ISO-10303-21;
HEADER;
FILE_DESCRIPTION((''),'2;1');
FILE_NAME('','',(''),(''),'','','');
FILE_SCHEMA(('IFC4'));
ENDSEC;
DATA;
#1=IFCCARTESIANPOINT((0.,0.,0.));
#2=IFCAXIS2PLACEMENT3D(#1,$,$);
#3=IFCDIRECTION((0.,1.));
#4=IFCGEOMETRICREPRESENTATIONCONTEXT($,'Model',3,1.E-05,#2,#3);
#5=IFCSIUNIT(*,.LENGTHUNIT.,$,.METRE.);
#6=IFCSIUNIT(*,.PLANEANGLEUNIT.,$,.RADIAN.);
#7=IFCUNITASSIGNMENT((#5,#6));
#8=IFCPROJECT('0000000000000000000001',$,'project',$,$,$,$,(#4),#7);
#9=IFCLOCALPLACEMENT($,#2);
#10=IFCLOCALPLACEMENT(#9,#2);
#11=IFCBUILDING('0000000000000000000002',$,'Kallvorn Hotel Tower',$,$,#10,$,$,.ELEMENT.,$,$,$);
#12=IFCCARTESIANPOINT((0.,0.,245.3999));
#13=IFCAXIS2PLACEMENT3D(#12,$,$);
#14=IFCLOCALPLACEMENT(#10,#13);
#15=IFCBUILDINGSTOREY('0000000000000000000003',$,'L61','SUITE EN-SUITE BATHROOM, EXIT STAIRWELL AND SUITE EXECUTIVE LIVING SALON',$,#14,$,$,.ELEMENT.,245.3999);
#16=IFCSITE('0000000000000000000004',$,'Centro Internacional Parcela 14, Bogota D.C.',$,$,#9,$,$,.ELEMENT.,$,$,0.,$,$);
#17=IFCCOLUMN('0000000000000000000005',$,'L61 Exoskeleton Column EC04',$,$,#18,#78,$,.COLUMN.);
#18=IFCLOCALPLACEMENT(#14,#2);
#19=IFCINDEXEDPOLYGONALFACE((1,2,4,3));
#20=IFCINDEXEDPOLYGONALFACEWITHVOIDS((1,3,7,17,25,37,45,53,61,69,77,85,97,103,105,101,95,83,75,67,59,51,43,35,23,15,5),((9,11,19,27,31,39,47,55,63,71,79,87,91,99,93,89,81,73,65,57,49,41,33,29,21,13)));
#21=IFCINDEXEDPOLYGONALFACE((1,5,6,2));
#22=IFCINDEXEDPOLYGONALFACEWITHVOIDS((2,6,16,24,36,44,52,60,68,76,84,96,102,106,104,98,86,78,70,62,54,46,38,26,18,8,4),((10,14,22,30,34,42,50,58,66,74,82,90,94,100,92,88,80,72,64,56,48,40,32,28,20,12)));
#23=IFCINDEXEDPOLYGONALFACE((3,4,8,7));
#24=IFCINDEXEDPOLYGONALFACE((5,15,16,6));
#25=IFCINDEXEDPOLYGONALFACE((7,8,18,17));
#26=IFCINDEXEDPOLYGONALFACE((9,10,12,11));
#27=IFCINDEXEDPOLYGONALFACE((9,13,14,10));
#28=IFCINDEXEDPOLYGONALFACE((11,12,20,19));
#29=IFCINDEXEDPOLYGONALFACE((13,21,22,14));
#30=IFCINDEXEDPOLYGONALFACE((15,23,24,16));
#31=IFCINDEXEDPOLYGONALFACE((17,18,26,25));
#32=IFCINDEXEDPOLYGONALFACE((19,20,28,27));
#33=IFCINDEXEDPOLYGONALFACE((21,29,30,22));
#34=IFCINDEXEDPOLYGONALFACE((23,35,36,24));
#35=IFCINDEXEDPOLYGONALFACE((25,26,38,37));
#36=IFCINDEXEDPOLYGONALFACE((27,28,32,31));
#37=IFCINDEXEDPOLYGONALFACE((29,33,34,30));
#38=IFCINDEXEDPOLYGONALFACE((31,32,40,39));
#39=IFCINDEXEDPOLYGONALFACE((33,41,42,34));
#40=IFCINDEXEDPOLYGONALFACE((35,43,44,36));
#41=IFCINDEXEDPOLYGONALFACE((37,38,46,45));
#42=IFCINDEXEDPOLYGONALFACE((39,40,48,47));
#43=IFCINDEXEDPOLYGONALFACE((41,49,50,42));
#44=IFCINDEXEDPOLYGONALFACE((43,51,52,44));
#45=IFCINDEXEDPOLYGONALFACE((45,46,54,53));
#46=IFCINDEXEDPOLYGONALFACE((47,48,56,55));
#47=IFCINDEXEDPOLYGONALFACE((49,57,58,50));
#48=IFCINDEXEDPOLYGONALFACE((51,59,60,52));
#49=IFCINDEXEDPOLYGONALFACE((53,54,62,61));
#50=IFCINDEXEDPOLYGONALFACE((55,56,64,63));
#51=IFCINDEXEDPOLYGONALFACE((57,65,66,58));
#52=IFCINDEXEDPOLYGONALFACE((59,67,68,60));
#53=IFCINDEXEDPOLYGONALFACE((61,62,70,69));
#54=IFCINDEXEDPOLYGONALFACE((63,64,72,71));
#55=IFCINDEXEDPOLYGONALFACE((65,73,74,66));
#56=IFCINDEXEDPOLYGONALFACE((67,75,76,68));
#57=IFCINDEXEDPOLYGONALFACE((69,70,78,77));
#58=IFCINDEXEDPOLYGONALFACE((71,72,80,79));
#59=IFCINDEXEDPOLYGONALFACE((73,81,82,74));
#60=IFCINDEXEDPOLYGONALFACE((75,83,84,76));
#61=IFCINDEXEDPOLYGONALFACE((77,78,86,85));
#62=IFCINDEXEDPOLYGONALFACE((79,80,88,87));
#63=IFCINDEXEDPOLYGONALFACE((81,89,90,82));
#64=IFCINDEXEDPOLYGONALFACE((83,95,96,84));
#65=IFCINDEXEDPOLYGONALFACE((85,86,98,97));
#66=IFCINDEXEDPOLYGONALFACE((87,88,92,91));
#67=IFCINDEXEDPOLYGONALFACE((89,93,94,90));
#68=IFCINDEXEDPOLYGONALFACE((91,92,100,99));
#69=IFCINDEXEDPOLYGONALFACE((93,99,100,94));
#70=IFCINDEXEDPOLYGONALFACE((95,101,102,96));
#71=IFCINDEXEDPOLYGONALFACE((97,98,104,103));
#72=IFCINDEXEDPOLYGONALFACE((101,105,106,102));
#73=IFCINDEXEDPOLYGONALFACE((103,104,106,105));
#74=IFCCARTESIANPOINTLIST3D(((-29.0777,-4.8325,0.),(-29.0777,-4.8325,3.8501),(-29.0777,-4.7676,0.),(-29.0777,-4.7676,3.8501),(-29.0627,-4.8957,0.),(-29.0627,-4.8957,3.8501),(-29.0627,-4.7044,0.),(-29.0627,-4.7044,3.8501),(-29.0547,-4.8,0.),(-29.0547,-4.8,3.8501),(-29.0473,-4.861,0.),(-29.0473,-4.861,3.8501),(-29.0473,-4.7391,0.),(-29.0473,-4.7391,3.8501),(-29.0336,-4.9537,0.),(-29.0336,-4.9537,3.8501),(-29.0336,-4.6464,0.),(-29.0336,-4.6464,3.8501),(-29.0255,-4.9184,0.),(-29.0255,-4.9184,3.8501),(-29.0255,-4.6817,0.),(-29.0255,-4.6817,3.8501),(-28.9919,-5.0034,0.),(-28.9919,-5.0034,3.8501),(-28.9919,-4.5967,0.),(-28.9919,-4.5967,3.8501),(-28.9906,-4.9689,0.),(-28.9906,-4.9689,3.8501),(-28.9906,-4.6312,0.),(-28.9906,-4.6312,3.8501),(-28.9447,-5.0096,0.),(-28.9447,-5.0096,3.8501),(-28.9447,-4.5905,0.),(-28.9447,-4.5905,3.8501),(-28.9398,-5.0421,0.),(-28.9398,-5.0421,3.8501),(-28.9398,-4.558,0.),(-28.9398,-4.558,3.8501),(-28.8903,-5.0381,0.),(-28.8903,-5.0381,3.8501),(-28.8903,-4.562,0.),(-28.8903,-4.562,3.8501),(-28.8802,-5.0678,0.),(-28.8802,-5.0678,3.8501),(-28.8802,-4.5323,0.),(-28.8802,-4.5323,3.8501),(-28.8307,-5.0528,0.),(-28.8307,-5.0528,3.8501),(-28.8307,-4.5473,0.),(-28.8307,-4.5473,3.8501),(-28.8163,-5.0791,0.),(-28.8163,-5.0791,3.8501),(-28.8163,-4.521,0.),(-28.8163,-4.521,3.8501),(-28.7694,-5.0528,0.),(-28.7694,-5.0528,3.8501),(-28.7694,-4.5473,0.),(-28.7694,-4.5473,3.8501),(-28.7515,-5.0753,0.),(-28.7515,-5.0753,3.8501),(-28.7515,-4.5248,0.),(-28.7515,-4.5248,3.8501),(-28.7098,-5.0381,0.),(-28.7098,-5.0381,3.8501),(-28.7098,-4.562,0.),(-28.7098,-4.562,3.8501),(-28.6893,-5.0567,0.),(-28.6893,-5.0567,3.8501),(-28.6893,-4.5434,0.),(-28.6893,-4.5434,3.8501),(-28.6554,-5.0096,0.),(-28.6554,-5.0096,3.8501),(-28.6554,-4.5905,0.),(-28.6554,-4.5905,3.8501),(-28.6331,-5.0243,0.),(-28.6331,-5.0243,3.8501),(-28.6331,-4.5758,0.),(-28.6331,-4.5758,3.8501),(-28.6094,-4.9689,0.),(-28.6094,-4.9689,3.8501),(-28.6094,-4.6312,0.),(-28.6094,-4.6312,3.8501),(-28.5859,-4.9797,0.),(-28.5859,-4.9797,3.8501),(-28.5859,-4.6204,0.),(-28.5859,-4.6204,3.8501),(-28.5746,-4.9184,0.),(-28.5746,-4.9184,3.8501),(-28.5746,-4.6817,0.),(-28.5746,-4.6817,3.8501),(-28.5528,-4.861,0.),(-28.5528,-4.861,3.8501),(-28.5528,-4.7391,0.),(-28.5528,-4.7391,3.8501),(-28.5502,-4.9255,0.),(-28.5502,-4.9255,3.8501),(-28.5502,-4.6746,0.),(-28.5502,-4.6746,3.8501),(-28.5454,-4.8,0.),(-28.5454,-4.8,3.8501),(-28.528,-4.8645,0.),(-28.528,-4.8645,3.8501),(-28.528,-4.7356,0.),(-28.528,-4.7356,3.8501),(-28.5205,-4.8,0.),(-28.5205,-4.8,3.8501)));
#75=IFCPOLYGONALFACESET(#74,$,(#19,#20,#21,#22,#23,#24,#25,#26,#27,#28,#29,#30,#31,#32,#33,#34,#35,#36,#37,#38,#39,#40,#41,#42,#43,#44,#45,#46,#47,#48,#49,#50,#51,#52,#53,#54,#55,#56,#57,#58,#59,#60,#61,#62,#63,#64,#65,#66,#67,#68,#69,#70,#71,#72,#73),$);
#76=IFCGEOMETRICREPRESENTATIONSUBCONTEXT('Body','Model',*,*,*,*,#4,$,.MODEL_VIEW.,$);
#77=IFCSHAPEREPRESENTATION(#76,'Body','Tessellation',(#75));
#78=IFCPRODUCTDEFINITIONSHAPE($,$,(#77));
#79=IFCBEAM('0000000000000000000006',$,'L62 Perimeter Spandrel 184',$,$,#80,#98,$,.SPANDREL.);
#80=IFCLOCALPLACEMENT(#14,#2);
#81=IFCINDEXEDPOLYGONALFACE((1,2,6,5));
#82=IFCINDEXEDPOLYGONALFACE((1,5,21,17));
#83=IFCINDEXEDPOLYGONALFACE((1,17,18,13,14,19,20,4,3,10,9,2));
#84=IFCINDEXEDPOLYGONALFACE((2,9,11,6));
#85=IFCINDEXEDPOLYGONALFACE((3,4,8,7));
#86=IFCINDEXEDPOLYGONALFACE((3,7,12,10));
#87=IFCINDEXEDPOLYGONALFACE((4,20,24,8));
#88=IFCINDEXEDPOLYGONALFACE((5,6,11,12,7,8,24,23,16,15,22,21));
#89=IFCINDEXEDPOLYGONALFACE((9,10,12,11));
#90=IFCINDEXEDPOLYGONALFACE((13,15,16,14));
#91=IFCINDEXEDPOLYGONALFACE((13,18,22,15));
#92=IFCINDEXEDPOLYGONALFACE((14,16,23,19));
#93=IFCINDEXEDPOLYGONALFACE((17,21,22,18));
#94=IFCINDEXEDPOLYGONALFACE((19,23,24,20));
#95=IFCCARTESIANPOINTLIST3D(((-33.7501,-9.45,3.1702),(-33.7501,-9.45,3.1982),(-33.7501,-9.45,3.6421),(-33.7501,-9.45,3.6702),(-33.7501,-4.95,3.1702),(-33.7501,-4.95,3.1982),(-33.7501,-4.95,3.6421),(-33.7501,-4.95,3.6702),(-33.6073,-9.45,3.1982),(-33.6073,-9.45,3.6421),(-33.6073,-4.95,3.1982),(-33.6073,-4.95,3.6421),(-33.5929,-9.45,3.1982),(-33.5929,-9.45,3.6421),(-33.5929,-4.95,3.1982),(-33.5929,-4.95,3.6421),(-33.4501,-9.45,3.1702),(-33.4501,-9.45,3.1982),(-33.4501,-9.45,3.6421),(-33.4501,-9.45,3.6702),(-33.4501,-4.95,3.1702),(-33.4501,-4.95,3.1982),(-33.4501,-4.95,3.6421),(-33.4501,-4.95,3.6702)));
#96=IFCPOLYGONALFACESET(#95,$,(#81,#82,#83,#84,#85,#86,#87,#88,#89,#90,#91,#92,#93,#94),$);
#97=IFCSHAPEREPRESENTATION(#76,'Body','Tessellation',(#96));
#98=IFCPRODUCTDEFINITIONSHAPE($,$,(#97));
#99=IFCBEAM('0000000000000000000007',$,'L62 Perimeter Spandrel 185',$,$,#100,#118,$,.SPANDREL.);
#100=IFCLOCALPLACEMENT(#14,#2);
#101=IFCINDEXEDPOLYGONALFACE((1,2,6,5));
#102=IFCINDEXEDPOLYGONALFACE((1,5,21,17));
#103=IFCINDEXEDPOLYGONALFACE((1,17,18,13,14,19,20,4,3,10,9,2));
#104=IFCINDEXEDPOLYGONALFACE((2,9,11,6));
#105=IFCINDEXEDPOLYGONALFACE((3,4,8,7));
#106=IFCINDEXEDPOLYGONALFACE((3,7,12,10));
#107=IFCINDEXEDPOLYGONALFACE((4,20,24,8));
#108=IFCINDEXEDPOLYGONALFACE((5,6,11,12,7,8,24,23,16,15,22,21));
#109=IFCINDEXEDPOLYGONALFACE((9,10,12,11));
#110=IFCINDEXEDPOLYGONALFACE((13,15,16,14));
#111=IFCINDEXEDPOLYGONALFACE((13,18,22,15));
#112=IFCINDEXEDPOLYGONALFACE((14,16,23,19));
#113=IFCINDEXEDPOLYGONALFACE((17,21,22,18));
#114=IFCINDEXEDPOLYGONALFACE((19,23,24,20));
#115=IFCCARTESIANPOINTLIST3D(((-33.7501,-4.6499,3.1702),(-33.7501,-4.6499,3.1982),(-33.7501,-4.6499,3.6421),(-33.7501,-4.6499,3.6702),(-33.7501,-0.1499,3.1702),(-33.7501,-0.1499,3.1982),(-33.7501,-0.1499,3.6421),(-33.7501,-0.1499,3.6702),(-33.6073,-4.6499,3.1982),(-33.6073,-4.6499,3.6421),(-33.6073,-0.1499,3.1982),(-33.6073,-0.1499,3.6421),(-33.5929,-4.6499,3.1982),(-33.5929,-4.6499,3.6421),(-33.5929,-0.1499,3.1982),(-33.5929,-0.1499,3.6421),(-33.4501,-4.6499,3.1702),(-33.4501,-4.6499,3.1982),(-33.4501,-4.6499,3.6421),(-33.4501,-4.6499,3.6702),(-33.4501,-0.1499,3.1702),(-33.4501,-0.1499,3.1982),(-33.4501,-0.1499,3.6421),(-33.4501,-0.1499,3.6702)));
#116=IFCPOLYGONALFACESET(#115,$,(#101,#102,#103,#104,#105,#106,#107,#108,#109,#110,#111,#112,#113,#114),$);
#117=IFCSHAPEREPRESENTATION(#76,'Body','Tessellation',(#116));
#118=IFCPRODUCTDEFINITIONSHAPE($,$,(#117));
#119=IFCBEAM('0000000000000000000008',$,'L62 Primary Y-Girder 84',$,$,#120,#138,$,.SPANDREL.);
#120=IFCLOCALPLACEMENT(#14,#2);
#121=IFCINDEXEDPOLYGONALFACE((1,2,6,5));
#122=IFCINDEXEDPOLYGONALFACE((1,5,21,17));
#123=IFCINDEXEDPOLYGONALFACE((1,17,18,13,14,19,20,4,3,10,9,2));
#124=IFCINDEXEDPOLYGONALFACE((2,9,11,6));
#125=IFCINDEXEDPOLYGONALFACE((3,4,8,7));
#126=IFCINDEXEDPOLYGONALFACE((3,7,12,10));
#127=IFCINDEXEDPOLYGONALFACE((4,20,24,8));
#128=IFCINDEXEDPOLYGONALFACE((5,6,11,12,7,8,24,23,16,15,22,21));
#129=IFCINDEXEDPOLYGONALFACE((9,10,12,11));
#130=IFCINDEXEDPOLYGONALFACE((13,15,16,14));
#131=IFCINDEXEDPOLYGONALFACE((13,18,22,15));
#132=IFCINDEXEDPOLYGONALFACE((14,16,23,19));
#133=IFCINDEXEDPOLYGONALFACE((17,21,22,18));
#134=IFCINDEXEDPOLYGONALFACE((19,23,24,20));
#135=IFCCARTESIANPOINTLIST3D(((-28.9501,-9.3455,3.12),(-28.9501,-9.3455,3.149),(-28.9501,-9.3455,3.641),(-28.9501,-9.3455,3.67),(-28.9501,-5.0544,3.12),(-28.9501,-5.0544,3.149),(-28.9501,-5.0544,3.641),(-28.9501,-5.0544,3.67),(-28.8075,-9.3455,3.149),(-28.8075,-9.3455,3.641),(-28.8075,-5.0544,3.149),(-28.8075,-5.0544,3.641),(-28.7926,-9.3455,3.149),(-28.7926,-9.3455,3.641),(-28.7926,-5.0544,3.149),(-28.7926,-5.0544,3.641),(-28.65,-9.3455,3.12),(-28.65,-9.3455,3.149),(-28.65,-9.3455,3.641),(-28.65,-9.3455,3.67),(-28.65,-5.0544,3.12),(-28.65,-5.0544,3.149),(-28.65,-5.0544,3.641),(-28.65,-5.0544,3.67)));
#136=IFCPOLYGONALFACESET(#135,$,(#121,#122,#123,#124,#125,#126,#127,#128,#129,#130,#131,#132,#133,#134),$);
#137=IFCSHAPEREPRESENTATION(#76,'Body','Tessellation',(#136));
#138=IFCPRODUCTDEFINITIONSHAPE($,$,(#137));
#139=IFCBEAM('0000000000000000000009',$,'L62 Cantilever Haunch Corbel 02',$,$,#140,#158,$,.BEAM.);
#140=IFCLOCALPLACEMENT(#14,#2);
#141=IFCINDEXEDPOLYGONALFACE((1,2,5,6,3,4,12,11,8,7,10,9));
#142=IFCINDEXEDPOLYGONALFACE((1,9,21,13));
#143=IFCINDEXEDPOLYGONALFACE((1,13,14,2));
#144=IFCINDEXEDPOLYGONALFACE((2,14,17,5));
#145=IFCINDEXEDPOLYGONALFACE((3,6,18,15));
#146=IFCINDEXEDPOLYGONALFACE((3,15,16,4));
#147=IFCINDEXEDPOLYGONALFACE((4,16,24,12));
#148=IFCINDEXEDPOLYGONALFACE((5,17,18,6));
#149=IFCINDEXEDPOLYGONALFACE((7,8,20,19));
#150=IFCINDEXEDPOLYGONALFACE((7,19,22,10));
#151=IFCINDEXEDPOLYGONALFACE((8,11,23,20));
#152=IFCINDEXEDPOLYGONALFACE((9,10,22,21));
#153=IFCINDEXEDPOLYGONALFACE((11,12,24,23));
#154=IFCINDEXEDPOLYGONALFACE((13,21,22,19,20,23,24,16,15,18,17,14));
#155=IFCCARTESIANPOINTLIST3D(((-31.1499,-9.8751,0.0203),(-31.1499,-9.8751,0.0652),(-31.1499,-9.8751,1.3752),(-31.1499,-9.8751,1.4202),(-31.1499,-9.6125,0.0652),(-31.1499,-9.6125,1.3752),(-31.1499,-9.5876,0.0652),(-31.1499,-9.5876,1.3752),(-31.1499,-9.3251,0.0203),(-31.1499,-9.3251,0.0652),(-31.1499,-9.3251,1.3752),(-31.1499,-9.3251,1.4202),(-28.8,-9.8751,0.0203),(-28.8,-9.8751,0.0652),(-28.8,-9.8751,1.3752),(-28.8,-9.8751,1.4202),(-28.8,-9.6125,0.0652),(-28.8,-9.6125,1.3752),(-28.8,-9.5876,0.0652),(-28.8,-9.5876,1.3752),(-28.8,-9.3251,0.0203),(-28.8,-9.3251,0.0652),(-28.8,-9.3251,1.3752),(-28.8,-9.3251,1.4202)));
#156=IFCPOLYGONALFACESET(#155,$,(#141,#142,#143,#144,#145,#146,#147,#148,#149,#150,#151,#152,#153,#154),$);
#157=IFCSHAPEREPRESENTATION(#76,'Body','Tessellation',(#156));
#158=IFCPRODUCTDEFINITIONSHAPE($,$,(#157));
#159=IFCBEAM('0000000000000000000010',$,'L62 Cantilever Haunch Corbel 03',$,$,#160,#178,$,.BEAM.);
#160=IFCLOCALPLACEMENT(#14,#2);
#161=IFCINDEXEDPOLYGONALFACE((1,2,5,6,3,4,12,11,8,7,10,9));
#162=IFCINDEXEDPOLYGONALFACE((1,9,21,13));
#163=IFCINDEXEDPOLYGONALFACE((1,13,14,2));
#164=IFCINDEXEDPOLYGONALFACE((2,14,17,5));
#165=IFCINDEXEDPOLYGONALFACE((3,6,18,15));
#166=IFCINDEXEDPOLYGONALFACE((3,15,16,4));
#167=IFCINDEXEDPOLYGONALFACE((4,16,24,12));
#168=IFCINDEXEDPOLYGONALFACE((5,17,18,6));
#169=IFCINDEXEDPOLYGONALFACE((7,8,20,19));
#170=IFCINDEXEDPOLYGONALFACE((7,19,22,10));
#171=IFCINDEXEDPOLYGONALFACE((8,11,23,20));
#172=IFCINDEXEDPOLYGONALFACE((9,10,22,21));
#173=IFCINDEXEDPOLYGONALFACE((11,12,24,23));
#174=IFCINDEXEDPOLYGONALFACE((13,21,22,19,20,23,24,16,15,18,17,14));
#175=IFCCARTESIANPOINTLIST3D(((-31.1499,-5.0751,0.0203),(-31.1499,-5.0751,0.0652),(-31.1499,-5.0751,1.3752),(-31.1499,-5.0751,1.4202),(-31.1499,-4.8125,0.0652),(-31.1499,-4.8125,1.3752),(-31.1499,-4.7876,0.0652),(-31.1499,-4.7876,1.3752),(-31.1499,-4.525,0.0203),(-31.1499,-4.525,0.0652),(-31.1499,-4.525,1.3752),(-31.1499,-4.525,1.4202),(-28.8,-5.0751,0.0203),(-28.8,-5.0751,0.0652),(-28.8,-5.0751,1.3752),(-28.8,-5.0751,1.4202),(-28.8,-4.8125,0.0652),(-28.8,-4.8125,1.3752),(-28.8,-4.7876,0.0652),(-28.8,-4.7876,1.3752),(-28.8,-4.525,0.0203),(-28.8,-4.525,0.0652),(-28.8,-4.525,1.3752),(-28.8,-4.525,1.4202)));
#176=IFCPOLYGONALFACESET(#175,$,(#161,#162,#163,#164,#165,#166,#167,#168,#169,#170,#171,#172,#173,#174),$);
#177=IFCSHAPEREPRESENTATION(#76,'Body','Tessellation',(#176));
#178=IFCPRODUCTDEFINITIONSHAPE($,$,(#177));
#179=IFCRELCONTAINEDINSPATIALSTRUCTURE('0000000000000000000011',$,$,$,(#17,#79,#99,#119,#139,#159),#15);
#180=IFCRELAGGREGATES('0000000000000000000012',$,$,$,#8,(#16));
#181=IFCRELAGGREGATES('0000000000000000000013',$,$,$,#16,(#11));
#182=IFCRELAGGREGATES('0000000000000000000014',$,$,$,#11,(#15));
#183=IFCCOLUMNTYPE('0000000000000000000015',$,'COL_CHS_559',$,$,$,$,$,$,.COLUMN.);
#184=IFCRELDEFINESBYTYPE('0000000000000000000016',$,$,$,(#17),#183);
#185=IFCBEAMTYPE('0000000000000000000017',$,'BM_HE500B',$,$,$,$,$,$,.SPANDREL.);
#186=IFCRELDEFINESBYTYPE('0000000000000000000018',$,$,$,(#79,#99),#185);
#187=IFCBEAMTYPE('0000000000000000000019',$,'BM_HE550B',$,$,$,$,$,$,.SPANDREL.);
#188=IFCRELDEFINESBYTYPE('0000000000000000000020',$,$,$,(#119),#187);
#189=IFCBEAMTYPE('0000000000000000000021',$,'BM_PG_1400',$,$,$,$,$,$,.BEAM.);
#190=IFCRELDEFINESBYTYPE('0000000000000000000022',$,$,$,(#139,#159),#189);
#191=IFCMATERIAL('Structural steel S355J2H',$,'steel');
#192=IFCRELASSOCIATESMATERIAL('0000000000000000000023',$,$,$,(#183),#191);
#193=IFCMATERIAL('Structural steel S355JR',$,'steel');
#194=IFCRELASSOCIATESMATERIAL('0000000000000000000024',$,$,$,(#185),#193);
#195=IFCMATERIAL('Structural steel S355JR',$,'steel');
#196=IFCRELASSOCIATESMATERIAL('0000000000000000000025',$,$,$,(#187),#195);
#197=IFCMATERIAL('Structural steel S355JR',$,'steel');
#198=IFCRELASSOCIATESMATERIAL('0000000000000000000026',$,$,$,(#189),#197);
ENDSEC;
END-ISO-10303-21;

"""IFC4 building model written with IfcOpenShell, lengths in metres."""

from ifc_helpers import new_model, si_unit, direction, frame, origin, origin_2d, place, context, subcontext, project, spatial, hollow_circle, i_section, extrude, material, material_profile, profile_set, type_object, element, save


model = new_model("IFC4")

# Units and contexts
model_context = context("Model", 3, precision=1e-05, world=origin(), true_north=direction((0.0, 1.0)))
body_context = subcontext(model_context, "Body", "Model", "MODEL_VIEW")
ifc_project = project(units=[si_unit("LENGTHUNIT", "METRE"), si_unit("PLANEANGLEUNIT", "RADIAN")], contexts=[model_context])

# Site, building, storey
site_placement = place(None, origin())
site = spatial("IfcSite", under=ifc_project, at=site_placement, Name="Centro Internacional Parcela 14, Bogota D.C.", CompositionType="ELEMENT", RefElevation=0.0)
building_placement = place(site_placement, origin())
building = spatial("IfcBuilding", under=site, at=building_placement, Name="Kallvorn Hotel Tower", CompositionType="ELEMENT")
storey_placement = place(building_placement, frame((0.0, 0.0, 245.3999)))
storey = spatial("IfcBuildingStorey", under=building, at=storey_placement, Name="L61", Description="SUITE EN-SUITE BATHROOM, EXIT STAIRWELL AND SUITE EXECUTIVE LIVING SALON", CompositionType="ELEMENT", Elevation=245.3999)

# Column
ifc_material_1 = material(Name="Structural steel S355J2H", Category="steel")
ifc_material_profile_1 = material_profile(ifc_material_1, hollow_circle(Radius=0.2795, WallThickness=0.0249, at=origin_2d()), Name="CHS 559x25")
ifc_profile_set_1 = profile_set([ifc_material_profile_1], Name="Structural steel S355J2H")
column_type_1 = type_object("IfcColumnType", Name="COL_CHS_559", PredefinedType="COLUMN", material=ifc_profile_set_1)
for number, where, z_axis, x_axis, name in (
    (1, (-28.8, -4.8, 0.0), (0.0, 0.0, 1.0), (1.0, 0.0, 0.0), "L61 Exoskeleton Column EC04"),
):
    element("IfcColumn", number, at=place(storey_placement, frame(where, z_axis=z_axis, x_axis=x_axis)), inside=storey, type_object=column_type_1, Name=name, PredefinedType="COLUMN", context=body_context, shape_type="SweptSolid", body=[
        extrude(hollow_circle(Radius=0.2795, WallThickness=0.0249, at=origin_2d()), origin(), (0.0, 0.0, 1.0), 3.8501),
    ])

# Beams
ifc_material_2 = material(Name="Structural steel S355JR", Category="steel")
ifc_material_profile_2 = material_profile(ifc_material_2, i_section(OverallWidth=0.3, OverallDepth=0.5, WebThickness=0.0144, FlangeThickness=0.0281, at=origin_2d()), Name="HE 500 B")
ifc_profile_set_2 = profile_set([ifc_material_profile_2], Name="Structural steel S355JR")
beam_type_1 = type_object("IfcBeamType", Name="BM_HE500B", PredefinedType="SPANDREL", material=ifc_profile_set_2)
for number, where, z_axis, x_axis, name in (
    (2, (-33.6001, -9.45, 3.4202), (0.0, 1.0, 0.0), (-1.0, 0.0, 0.0), "L62 Perimeter Spandrel 184"),
    (3, (-33.6001, -4.6499, 3.4202), (0.0, 1.0, 0.0), (-1.0, 0.0, 0.0), "L62 Perimeter Spandrel 185"),
):
    element("IfcBeam", number, at=place(storey_placement, frame(where, z_axis=z_axis, x_axis=x_axis)), inside=storey, type_object=beam_type_1, Name=name, PredefinedType="SPANDREL", context=body_context, shape_type="SweptSolid", body=[
        extrude(i_section(OverallWidth=0.3, OverallDepth=0.5, WebThickness=0.0144, FlangeThickness=0.0281, at=origin_2d()), origin(), (0.0, 0.0, 1.0), 4.5),
    ])
ifc_material_3 = material(Name="Structural steel S355JR", Category="steel")
ifc_material_profile_3 = material_profile(ifc_material_3, i_section(OverallWidth=0.3, OverallDepth=0.55, WebThickness=0.0149, FlangeThickness=0.0291, at=origin_2d()), Name="HE 550 B")
ifc_profile_set_3 = profile_set([ifc_material_profile_3], Name="Structural steel S355JR")
beam_type_2 = type_object("IfcBeamType", Name="BM_HE550B", PredefinedType="SPANDREL", material=ifc_profile_set_3)
beam_placement = place(storey_placement, frame((-28.8, -9.3455, 3.395), z_axis=(0.0, 1.0, 0.0), x_axis=(-1.0, 0.0, 0.0)))
element("IfcBeam", 4, at=beam_placement, inside=storey, type_object=beam_type_2, Name="L62 Primary Y-Girder 84", PredefinedType="SPANDREL", context=body_context, shape_type="SweptSolid", body=[
    extrude(i_section(OverallWidth=0.3, OverallDepth=0.55, WebThickness=0.0149, FlangeThickness=0.0291, at=origin_2d()), origin(), (0.0, 0.0, 1.0), 4.291),
])
ifc_material_4 = material(Name="Structural steel S355JR", Category="steel")
ifc_material_profile_4 = material_profile(ifc_material_4, i_section(OverallWidth=0.55, OverallDepth=1.3999, WebThickness=0.0249, FlangeThickness=0.0449, at=origin_2d()), Name="PG 1400x550x25x45")
ifc_profile_set_4 = profile_set([ifc_material_profile_4], Name="Structural steel S355JR")
beam_type_3 = type_object("IfcBeamType", Name="BM_PG_1400", PredefinedType="BEAM", material=ifc_profile_set_4)
for number, where, z_axis, x_axis, name in (
    (5, (-28.8, -9.6001, 0.7202), (-1.0, 0.0, 0.0), (0.0, -1.0, 0.0), "L62 Cantilever Haunch Corbel 02"),
    (6, (-28.8, -4.8, 0.7202), (-1.0, 0.0, 0.0), (0.0, -1.0, 0.0), "L62 Cantilever Haunch Corbel 03"),
):
    element("IfcBeam", number, at=place(storey_placement, frame(where, z_axis=z_axis, x_axis=x_axis)), inside=storey, type_object=beam_type_3, Name=name, PredefinedType="BEAM", context=body_context, shape_type="SweptSolid", body=[
        extrude(i_section(OverallWidth=0.55, OverallDepth=1.3999, WebThickness=0.0249, FlangeThickness=0.0449, at=origin_2d()), origin(), (0.0, 0.0, 1.0), 2.3499),
    ])

save(model, "model.ifc")
